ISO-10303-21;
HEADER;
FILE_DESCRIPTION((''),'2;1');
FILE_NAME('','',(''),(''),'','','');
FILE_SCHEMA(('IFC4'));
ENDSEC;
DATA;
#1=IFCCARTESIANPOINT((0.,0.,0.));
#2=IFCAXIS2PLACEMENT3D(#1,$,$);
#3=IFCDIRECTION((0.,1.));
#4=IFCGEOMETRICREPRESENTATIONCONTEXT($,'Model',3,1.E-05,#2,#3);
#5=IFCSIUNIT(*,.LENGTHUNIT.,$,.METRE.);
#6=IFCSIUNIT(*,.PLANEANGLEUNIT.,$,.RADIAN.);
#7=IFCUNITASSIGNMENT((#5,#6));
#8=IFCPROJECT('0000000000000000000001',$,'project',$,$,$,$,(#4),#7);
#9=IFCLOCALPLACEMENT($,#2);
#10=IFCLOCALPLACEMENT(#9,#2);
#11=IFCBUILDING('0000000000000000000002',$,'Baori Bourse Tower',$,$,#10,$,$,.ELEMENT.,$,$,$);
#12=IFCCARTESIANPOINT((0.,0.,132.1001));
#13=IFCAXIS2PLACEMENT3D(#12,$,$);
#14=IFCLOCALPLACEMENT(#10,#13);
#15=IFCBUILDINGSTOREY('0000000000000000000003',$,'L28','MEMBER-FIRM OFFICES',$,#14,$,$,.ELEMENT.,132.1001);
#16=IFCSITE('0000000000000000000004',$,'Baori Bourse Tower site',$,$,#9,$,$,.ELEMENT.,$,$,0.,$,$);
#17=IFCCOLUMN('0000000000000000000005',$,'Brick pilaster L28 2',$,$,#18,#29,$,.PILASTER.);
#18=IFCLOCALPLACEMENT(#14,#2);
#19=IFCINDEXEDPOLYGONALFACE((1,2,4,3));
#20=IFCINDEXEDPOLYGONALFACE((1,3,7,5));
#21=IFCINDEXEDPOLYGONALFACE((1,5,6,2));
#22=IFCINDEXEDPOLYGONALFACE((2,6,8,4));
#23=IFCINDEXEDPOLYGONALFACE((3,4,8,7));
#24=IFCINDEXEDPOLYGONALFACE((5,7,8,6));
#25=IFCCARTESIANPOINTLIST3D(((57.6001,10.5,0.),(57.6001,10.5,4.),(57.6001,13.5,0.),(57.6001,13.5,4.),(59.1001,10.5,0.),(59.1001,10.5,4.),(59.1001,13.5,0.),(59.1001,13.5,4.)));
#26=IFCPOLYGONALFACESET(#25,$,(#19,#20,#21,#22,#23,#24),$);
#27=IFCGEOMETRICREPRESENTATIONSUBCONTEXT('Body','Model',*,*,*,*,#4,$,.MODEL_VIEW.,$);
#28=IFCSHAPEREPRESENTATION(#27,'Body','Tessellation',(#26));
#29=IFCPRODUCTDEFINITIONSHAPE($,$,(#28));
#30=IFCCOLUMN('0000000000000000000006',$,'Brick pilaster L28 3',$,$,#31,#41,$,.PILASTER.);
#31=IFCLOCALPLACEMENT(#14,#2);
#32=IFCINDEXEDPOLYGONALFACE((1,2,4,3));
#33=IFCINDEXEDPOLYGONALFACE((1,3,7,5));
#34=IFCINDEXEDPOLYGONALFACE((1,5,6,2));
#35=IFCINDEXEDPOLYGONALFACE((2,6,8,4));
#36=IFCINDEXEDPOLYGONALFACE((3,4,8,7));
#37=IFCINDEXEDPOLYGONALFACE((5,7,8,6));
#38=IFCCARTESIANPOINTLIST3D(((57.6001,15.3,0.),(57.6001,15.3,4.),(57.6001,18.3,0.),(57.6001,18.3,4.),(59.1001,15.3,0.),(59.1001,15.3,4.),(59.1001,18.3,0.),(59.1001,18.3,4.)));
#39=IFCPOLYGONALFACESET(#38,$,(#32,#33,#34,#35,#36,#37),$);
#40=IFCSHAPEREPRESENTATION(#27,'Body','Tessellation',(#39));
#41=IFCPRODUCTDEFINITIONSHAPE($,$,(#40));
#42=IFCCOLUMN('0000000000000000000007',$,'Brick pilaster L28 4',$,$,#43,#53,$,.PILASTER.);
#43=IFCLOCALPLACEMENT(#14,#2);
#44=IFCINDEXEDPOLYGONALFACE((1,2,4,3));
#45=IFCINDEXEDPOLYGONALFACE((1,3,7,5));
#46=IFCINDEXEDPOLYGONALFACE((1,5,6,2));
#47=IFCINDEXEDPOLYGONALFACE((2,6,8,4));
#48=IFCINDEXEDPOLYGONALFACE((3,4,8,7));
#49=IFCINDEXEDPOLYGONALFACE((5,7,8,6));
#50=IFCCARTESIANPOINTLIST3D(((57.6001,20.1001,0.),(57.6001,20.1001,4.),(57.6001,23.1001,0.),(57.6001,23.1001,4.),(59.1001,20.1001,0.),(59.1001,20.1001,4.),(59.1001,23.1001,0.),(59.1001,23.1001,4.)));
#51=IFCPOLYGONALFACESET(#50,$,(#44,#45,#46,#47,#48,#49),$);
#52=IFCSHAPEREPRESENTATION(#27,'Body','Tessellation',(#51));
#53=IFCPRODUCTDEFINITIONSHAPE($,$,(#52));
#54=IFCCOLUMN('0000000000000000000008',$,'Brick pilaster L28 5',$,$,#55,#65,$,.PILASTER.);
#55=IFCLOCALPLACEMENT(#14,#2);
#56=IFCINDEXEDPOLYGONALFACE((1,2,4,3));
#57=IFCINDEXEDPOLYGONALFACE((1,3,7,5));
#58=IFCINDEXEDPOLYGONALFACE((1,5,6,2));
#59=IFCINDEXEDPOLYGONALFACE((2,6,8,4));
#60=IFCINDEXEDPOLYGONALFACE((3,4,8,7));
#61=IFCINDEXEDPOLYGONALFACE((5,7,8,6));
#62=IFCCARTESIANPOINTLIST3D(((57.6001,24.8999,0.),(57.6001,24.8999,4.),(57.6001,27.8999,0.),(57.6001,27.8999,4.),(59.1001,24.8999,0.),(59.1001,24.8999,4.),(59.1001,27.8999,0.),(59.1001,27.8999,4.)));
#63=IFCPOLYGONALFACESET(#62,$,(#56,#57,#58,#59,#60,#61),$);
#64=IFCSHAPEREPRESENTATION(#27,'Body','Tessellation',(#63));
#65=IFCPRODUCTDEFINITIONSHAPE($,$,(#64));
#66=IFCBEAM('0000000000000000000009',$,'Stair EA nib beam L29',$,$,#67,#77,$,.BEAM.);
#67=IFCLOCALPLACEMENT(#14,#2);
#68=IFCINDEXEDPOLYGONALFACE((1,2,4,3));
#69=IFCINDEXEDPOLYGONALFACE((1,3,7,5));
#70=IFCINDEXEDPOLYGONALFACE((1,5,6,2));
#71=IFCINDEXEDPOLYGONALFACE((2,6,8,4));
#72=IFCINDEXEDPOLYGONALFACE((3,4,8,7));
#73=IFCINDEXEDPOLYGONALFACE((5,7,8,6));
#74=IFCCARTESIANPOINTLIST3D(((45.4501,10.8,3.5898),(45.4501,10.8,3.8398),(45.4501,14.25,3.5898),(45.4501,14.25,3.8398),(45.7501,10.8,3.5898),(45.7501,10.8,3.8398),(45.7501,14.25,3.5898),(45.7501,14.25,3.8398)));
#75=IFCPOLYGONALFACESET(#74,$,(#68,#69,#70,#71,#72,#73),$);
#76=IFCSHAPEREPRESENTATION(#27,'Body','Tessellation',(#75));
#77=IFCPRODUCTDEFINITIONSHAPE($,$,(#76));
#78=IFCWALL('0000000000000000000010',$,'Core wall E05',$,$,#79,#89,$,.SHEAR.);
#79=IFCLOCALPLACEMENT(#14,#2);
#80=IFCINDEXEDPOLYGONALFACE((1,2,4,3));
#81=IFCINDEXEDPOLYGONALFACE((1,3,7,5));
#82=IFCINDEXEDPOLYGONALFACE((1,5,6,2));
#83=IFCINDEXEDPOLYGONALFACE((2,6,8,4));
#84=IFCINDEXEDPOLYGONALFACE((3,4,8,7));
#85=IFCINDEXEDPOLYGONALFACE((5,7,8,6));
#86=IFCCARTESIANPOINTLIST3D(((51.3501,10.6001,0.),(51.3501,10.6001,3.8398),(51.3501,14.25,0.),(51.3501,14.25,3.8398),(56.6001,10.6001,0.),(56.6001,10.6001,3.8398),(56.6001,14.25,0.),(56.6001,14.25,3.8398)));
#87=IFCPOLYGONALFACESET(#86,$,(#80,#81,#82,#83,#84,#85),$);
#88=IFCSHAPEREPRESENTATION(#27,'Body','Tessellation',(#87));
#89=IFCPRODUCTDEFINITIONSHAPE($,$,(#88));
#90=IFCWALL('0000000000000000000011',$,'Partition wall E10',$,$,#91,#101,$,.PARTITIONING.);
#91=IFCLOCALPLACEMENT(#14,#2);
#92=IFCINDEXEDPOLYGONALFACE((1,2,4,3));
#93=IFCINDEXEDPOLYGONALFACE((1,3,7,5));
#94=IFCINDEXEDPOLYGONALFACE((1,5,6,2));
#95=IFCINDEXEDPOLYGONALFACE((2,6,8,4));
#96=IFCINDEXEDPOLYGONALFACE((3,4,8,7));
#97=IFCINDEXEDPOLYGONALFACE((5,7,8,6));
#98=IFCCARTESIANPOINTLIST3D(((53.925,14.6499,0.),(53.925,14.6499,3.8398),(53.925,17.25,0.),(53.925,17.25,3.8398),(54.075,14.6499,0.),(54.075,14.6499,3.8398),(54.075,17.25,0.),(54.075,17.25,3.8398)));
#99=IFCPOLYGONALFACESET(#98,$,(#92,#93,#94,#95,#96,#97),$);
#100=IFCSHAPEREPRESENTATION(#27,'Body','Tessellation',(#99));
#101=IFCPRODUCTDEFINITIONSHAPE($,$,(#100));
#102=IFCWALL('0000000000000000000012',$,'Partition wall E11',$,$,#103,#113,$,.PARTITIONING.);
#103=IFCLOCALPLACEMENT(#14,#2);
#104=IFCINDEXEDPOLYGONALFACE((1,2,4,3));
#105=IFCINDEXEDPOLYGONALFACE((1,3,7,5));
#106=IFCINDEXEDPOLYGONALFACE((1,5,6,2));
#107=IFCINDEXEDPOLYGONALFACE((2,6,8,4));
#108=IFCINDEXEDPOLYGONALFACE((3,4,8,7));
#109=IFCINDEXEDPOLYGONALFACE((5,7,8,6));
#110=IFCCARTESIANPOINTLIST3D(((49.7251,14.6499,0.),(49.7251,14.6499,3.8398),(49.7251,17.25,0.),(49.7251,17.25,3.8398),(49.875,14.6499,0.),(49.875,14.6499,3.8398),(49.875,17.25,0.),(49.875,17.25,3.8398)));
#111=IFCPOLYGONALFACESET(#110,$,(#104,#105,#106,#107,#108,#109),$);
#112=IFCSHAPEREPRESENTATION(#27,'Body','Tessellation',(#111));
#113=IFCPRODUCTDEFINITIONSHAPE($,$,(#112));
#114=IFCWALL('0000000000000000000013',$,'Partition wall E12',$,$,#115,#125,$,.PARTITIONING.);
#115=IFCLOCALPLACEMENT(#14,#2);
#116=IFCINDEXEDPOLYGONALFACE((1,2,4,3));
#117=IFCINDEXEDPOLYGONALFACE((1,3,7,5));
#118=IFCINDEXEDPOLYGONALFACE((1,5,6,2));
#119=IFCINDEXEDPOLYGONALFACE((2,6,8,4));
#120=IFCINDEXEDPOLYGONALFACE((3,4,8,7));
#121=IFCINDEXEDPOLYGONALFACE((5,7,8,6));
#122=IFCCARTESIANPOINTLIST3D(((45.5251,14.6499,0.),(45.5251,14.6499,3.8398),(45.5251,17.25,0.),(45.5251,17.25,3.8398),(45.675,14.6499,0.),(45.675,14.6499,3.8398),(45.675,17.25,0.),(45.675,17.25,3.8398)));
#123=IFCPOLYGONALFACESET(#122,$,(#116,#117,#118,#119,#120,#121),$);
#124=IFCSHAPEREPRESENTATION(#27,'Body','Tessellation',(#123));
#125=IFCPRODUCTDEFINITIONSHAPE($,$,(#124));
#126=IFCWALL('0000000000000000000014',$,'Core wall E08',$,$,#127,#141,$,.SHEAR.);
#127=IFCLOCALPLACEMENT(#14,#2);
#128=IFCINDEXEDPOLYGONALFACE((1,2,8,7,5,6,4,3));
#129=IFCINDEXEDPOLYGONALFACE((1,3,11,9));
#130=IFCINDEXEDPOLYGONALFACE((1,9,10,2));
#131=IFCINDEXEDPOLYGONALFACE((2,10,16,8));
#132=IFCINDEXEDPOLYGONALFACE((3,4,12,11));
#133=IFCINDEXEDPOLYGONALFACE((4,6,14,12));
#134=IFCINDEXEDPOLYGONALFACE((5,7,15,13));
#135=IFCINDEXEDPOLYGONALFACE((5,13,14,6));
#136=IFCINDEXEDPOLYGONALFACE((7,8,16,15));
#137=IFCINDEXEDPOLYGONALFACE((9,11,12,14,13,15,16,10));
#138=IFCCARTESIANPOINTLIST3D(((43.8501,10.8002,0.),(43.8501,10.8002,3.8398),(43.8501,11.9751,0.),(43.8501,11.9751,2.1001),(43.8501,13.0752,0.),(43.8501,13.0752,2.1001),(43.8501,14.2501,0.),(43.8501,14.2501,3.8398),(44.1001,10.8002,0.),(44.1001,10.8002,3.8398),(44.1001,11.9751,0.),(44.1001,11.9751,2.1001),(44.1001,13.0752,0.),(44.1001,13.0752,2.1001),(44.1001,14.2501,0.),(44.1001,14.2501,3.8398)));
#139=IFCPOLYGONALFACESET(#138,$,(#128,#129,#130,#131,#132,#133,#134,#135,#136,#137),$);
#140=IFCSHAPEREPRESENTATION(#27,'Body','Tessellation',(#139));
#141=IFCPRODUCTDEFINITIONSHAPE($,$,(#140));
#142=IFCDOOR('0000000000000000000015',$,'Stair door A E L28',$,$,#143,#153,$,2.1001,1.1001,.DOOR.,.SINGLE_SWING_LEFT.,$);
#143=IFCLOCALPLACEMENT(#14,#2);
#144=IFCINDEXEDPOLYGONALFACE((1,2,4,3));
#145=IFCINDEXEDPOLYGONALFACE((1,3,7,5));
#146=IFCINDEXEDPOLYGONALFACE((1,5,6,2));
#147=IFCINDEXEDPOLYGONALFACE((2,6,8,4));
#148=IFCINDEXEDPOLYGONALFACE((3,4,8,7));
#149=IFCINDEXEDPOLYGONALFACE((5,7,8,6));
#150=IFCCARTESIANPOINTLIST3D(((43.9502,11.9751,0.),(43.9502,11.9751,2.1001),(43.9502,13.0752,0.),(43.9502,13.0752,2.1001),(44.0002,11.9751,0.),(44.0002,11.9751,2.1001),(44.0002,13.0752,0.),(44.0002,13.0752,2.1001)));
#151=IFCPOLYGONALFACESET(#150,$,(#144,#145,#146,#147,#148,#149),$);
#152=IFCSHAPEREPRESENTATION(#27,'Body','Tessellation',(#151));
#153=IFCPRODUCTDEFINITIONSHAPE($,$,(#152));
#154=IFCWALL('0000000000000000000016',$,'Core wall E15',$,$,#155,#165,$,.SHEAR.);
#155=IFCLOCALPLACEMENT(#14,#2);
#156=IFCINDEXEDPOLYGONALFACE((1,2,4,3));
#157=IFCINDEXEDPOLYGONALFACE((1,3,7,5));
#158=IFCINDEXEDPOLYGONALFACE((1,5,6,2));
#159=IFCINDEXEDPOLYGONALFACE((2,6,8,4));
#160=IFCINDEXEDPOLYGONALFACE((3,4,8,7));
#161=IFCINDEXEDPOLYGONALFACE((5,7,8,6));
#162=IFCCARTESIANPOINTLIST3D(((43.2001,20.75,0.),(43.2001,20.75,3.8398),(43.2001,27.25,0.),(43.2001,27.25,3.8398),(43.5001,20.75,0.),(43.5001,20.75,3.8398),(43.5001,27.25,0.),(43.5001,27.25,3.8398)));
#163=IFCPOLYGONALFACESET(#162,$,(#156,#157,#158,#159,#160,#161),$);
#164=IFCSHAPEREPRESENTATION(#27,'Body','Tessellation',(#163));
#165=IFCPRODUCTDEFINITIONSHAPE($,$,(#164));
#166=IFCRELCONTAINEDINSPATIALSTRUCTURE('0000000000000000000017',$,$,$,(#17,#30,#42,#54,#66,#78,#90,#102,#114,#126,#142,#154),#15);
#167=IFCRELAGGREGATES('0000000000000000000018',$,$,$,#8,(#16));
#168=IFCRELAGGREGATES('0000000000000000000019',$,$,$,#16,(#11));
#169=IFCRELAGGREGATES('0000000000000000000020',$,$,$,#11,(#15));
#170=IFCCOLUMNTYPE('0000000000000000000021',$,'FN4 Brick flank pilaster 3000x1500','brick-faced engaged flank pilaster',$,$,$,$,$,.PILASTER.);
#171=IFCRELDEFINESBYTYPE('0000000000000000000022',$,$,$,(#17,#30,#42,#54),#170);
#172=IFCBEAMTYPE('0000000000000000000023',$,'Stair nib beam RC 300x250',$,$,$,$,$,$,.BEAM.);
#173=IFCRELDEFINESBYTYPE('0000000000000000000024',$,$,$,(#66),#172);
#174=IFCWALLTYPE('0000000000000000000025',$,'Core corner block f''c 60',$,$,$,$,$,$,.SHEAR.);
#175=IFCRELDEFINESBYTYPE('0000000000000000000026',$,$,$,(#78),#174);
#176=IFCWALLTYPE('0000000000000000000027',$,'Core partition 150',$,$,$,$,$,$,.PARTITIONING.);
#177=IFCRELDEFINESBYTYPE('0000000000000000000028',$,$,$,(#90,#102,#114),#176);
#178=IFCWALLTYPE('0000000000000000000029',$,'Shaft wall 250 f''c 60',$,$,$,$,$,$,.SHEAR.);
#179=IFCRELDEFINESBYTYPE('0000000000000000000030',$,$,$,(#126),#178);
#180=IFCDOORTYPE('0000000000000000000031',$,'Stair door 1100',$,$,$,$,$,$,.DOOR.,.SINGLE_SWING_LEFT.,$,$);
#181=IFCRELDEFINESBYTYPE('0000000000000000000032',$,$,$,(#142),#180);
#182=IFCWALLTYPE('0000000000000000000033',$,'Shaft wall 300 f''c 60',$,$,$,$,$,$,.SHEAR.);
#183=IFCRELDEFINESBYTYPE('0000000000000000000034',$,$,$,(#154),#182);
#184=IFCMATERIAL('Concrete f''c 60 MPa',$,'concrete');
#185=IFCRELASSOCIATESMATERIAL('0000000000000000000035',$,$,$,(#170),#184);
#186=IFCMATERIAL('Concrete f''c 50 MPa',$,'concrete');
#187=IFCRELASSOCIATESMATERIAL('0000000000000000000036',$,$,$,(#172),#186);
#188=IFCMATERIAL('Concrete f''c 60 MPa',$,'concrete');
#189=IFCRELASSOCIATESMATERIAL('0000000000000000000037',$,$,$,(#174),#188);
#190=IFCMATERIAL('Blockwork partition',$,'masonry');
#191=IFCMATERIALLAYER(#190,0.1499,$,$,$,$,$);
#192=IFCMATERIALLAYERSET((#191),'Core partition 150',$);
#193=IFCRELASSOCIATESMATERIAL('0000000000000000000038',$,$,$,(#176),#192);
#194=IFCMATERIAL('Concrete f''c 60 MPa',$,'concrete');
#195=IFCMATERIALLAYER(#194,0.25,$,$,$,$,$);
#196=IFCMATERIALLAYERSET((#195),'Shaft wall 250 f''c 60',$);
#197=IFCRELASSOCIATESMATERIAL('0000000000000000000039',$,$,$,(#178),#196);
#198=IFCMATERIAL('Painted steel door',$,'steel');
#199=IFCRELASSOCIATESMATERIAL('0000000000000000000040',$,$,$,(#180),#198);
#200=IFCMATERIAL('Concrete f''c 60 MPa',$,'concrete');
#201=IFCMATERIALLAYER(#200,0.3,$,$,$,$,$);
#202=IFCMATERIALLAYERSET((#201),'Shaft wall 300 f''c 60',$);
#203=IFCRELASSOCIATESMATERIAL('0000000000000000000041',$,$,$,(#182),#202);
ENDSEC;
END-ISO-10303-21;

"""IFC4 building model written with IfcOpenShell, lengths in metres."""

from ifc_helpers import new_model, si_unit, direction, frame, frame_2d, origin, origin_2d, place, context, subcontext, project, spatial, rectangle, extrude, material, layer, layer_set, material_profile, profile_set, type_object, element, fill, save


model = new_model("IFC4")

# Units and contexts
model_context = context("Model", 3, precision=1e-05, world=origin(), true_north=direction((0.0, 1.0)))
body_context = subcontext(model_context, "Body", "Model", "MODEL_VIEW")
ifc_project = project(units=[si_unit("LENGTHUNIT", "METRE"), si_unit("PLANEANGLEUNIT", "RADIAN")], contexts=[model_context])

# Site, building, storey
site_placement = place(None, origin())
site = spatial("IfcSite", under=ifc_project, at=site_placement, Name="Baori Bourse Tower site", CompositionType="ELEMENT", RefElevation=0.0)
building_placement = place(site_placement, origin())
building = spatial("IfcBuilding", under=site, at=building_placement, Name="Baori Bourse Tower", CompositionType="ELEMENT")
storey_placement = place(building_placement, frame((0.0, 0.0, 132.1001)))
storey = spatial("IfcBuildingStorey", under=building, at=storey_placement, Name="L28", Description="MEMBER-FIRM OFFICES", CompositionType="ELEMENT", Elevation=132.1001)

# Columns
ifc_material_1 = material(Name="Concrete f'c 60 MPa", Category="concrete")
ifc_material_profile_1 = material_profile(ifc_material_1, rectangle(XDim=3.0, YDim=1.5, at=origin_2d()), Name="RC 3000x1500")
ifc_profile_set_1 = profile_set([ifc_material_profile_1], Name="Concrete f'c 60 MPa")
column_type = type_object("IfcColumnType", Name="FN4 Brick flank pilaster 3000x1500", Description="brick-faced engaged flank pilaster", PredefinedType="PILASTER", material=ifc_profile_set_1)
for number, where, z_axis, x_axis, name in (
    (1, (58.3501, 12.0, 0.0), (0.0, 0.0, 1.0), (0.0, 1.0, 0.0), "Brick pilaster L28 2"),
    (2, (58.3501, 16.8, 0.0), (0.0, 0.0, 1.0), (0.0, 1.0, 0.0), "Brick pilaster L28 3"),
    (3, (58.3501, 21.6001, 0.0), (0.0, 0.0, 1.0), (0.0, 1.0, 0.0), "Brick pilaster L28 4"),
    (4, (58.3501, 26.3999, 0.0), (0.0, 0.0, 1.0), (0.0, 1.0, 0.0), "Brick pilaster L28 5"),
):
    element("IfcColumn", number, at=place(storey_placement, frame(where, z_axis=z_axis, x_axis=x_axis)), inside=storey, type_object=column_type, Name=name, PredefinedType="PILASTER", context=body_context, shape_type="SweptSolid", body=[
        extrude(rectangle(XDim=3.0, YDim=1.5, at=origin_2d()), origin(), (0.0, 0.0, 1.0), 4.0),
    ])

# Beam
ifc_material_2 = material(Name="Concrete f'c 50 MPa", Category="concrete")
ifc_material_profile_2 = material_profile(ifc_material_2, rectangle(XDim=0.3, YDim=0.25, at=origin_2d()), Name="RC 300x250")
ifc_profile_set_2 = profile_set([ifc_material_profile_2], Name="Concrete f'c 50 MPa")
beam_type = type_object("IfcBeamType", Name="Stair nib beam RC 300x250", PredefinedType="BEAM", material=ifc_profile_set_2)
beam_placement = place(storey_placement, frame((45.6001, 10.8, 3.7148), z_axis=(0.0, 1.0, 0.0), x_axis=(-1.0, 0.0, 0.0)))
element("IfcBeam", 5, at=beam_placement, inside=storey, type_object=beam_type, Name="Stair EA nib beam L29", PredefinedType="BEAM", context=body_context, shape_type="SweptSolid", body=[
    extrude(rectangle(XDim=0.3, YDim=0.25, at=origin_2d()), origin(), (0.0, 0.0, 1.0), 3.45),
])

# Walls
ifc_material_3 = material(Name="Concrete f'c 60 MPa", Category="concrete")
wall_type_1 = type_object("IfcWallType", Name="Core corner block f'c 60", PredefinedType="SHEAR", material=ifc_material_3)
wall_1_placement = place(storey_placement, frame((51.3501, 12.425, 0.0), z_axis=(0.0, 0.0, 1.0), x_axis=(1.0, 0.0, 0.0)))
element("IfcWall", 6, at=wall_1_placement, inside=storey, type_object=wall_type_1, Name="Core wall E05", PredefinedType="SHEAR", context=body_context, shape_type="SweptSolid", body=[
    extrude(rectangle(XDim=5.25, YDim=3.6499, at=frame_2d((2.625, 0.0))), origin(), (0.0, 0.0, 1.0), 3.8398),
])
ifc_material_4 = material(Name="Blockwork partition", Category="masonry")
ifc_layer_1 = layer(ifc_material_4, 0.1499)
ifc_layer_set_1 = layer_set([ifc_layer_1], Name="Core partition 150")
wall_type_2 = type_object("IfcWallType", Name="Core partition 150", PredefinedType="PARTITIONING", material=ifc_layer_set_1)
for number, where, z_axis, x_axis, name in (
    (7, (54.0, 14.6499, 0.0), (0.0, 0.0, 1.0), (0.0, 1.0, 0.0), "Partition wall E10"),
    (8, (49.8, 14.6499, 0.0), (0.0, 0.0, 1.0), (0.0, 1.0, 0.0), "Partition wall E11"),
    (9, (45.6001, 14.6499, 0.0), (0.0, 0.0, 1.0), (0.0, 1.0, 0.0), "Partition wall E12"),
):
    element("IfcWall", number, at=place(storey_placement, frame(where, z_axis=z_axis, x_axis=x_axis)), inside=storey, type_object=wall_type_2, Name=name, PredefinedType="PARTITIONING", context=body_context, shape_type="SweptSolid", body=[
        extrude(rectangle(XDim=2.6001, YDim=0.1499, at=frame_2d((1.3, 0.0))), origin(), (0.0, 0.0, 1.0), 3.8398),
    ])

# Wall, opening, door
ifc_material_5 = material(Name="Concrete f'c 60 MPa", Category="concrete")
ifc_layer_2 = layer(ifc_material_5, 0.25)
ifc_layer_set_2 = layer_set([ifc_layer_2], Name="Shaft wall 250 f'c 60")
wall_type_3 = type_object("IfcWallType", Name="Shaft wall 250 f'c 60", PredefinedType="SHEAR", material=ifc_layer_set_2)
wall_2_placement = place(storey_placement, frame((43.9751, 10.8, 0.0), z_axis=(0.0, 0.0, 1.0), x_axis=(0.0, 1.0, 0.0)))
wall_2 = element("IfcWall", 10, at=wall_2_placement, inside=storey, type_object=wall_type_3, Name="Core wall E08", PredefinedType="SHEAR", context=body_context, shape_type="SweptSolid", body=[
    extrude(rectangle(XDim=3.45, YDim=0.25, at=frame_2d((1.7251, 0.0))), origin(), (0.0, 0.0, 1.0), 3.8398),
])
opening_1_placement = place(wall_2_placement, frame((1.175, 0.0, 0.0)))
opening_1 = element("IfcOpeningElement", 11, at=opening_1_placement, cuts=wall_2, PredefinedType="OPENING", context=body_context, shape_type="SweptSolid", body=[
    extrude(rectangle(XDim=1.1001, YDim=2.1001, at=frame_2d((0.55, 1.05))), frame((0.0, 0.135, 0.0), z_axis=(0.0, -1.0, 0.0), x_axis=(1.0, 0.0, 0.0)), (0.0, 0.0, 1.0), 0.27),
])
ifc_material_6 = material(Name="Painted steel door", Category="steel")
door_type_1 = type_object("IfcDoorType", Name="Stair door 1100", OperationType="SINGLE_SWING_LEFT", PredefinedType="DOOR", material=ifc_material_6)
door_1_placement = place(opening_1_placement, origin())
door_1 = element("IfcDoor", 12, at=door_1_placement, inside=storey, type_object=door_type_1, Name="Stair door A E L28", OperationType="SINGLE_SWING_LEFT", OverallHeight=2.1001, OverallWidth=1.1001, PredefinedType="DOOR", context=body_context, shape_type="SweptSolid", body=[
    extrude(rectangle(XDim=1.1001, YDim=2.1001, at=frame_2d((0.55, 1.05))), frame((0.0, 0.0249, 0.0), z_axis=(0.0, -1.0, 0.0), x_axis=(1.0, 0.0, 0.0)), (0.0, 0.0, 1.0), 0.05),
])
fill(opening_1, door_1)

# Wall
ifc_material_7 = material(Name="Concrete f'c 60 MPa", Category="concrete")
ifc_layer_3 = layer(ifc_material_7, 0.3)
ifc_layer_set_3 = layer_set([ifc_layer_3], Name="Shaft wall 300 f'c 60")
wall_type_4 = type_object("IfcWallType", Name="Shaft wall 300 f'c 60", PredefinedType="SHEAR", material=ifc_layer_set_3)
wall_3_placement = place(storey_placement, frame((43.3501, 20.75, 0.0), z_axis=(0.0, 0.0, 1.0), x_axis=(0.0, 1.0, 0.0)))
element("IfcWall", 13, at=wall_3_placement, inside=storey, type_object=wall_type_4, Name="Core wall E15", PredefinedType="SHEAR", context=body_context, shape_type="SweptSolid", body=[
    extrude(rectangle(XDim=6.5, YDim=0.3, at=frame_2d((3.25, 0.0))), origin(), (0.0, 0.0, 1.0), 3.8398),
])

save(model, "model.ifc")
